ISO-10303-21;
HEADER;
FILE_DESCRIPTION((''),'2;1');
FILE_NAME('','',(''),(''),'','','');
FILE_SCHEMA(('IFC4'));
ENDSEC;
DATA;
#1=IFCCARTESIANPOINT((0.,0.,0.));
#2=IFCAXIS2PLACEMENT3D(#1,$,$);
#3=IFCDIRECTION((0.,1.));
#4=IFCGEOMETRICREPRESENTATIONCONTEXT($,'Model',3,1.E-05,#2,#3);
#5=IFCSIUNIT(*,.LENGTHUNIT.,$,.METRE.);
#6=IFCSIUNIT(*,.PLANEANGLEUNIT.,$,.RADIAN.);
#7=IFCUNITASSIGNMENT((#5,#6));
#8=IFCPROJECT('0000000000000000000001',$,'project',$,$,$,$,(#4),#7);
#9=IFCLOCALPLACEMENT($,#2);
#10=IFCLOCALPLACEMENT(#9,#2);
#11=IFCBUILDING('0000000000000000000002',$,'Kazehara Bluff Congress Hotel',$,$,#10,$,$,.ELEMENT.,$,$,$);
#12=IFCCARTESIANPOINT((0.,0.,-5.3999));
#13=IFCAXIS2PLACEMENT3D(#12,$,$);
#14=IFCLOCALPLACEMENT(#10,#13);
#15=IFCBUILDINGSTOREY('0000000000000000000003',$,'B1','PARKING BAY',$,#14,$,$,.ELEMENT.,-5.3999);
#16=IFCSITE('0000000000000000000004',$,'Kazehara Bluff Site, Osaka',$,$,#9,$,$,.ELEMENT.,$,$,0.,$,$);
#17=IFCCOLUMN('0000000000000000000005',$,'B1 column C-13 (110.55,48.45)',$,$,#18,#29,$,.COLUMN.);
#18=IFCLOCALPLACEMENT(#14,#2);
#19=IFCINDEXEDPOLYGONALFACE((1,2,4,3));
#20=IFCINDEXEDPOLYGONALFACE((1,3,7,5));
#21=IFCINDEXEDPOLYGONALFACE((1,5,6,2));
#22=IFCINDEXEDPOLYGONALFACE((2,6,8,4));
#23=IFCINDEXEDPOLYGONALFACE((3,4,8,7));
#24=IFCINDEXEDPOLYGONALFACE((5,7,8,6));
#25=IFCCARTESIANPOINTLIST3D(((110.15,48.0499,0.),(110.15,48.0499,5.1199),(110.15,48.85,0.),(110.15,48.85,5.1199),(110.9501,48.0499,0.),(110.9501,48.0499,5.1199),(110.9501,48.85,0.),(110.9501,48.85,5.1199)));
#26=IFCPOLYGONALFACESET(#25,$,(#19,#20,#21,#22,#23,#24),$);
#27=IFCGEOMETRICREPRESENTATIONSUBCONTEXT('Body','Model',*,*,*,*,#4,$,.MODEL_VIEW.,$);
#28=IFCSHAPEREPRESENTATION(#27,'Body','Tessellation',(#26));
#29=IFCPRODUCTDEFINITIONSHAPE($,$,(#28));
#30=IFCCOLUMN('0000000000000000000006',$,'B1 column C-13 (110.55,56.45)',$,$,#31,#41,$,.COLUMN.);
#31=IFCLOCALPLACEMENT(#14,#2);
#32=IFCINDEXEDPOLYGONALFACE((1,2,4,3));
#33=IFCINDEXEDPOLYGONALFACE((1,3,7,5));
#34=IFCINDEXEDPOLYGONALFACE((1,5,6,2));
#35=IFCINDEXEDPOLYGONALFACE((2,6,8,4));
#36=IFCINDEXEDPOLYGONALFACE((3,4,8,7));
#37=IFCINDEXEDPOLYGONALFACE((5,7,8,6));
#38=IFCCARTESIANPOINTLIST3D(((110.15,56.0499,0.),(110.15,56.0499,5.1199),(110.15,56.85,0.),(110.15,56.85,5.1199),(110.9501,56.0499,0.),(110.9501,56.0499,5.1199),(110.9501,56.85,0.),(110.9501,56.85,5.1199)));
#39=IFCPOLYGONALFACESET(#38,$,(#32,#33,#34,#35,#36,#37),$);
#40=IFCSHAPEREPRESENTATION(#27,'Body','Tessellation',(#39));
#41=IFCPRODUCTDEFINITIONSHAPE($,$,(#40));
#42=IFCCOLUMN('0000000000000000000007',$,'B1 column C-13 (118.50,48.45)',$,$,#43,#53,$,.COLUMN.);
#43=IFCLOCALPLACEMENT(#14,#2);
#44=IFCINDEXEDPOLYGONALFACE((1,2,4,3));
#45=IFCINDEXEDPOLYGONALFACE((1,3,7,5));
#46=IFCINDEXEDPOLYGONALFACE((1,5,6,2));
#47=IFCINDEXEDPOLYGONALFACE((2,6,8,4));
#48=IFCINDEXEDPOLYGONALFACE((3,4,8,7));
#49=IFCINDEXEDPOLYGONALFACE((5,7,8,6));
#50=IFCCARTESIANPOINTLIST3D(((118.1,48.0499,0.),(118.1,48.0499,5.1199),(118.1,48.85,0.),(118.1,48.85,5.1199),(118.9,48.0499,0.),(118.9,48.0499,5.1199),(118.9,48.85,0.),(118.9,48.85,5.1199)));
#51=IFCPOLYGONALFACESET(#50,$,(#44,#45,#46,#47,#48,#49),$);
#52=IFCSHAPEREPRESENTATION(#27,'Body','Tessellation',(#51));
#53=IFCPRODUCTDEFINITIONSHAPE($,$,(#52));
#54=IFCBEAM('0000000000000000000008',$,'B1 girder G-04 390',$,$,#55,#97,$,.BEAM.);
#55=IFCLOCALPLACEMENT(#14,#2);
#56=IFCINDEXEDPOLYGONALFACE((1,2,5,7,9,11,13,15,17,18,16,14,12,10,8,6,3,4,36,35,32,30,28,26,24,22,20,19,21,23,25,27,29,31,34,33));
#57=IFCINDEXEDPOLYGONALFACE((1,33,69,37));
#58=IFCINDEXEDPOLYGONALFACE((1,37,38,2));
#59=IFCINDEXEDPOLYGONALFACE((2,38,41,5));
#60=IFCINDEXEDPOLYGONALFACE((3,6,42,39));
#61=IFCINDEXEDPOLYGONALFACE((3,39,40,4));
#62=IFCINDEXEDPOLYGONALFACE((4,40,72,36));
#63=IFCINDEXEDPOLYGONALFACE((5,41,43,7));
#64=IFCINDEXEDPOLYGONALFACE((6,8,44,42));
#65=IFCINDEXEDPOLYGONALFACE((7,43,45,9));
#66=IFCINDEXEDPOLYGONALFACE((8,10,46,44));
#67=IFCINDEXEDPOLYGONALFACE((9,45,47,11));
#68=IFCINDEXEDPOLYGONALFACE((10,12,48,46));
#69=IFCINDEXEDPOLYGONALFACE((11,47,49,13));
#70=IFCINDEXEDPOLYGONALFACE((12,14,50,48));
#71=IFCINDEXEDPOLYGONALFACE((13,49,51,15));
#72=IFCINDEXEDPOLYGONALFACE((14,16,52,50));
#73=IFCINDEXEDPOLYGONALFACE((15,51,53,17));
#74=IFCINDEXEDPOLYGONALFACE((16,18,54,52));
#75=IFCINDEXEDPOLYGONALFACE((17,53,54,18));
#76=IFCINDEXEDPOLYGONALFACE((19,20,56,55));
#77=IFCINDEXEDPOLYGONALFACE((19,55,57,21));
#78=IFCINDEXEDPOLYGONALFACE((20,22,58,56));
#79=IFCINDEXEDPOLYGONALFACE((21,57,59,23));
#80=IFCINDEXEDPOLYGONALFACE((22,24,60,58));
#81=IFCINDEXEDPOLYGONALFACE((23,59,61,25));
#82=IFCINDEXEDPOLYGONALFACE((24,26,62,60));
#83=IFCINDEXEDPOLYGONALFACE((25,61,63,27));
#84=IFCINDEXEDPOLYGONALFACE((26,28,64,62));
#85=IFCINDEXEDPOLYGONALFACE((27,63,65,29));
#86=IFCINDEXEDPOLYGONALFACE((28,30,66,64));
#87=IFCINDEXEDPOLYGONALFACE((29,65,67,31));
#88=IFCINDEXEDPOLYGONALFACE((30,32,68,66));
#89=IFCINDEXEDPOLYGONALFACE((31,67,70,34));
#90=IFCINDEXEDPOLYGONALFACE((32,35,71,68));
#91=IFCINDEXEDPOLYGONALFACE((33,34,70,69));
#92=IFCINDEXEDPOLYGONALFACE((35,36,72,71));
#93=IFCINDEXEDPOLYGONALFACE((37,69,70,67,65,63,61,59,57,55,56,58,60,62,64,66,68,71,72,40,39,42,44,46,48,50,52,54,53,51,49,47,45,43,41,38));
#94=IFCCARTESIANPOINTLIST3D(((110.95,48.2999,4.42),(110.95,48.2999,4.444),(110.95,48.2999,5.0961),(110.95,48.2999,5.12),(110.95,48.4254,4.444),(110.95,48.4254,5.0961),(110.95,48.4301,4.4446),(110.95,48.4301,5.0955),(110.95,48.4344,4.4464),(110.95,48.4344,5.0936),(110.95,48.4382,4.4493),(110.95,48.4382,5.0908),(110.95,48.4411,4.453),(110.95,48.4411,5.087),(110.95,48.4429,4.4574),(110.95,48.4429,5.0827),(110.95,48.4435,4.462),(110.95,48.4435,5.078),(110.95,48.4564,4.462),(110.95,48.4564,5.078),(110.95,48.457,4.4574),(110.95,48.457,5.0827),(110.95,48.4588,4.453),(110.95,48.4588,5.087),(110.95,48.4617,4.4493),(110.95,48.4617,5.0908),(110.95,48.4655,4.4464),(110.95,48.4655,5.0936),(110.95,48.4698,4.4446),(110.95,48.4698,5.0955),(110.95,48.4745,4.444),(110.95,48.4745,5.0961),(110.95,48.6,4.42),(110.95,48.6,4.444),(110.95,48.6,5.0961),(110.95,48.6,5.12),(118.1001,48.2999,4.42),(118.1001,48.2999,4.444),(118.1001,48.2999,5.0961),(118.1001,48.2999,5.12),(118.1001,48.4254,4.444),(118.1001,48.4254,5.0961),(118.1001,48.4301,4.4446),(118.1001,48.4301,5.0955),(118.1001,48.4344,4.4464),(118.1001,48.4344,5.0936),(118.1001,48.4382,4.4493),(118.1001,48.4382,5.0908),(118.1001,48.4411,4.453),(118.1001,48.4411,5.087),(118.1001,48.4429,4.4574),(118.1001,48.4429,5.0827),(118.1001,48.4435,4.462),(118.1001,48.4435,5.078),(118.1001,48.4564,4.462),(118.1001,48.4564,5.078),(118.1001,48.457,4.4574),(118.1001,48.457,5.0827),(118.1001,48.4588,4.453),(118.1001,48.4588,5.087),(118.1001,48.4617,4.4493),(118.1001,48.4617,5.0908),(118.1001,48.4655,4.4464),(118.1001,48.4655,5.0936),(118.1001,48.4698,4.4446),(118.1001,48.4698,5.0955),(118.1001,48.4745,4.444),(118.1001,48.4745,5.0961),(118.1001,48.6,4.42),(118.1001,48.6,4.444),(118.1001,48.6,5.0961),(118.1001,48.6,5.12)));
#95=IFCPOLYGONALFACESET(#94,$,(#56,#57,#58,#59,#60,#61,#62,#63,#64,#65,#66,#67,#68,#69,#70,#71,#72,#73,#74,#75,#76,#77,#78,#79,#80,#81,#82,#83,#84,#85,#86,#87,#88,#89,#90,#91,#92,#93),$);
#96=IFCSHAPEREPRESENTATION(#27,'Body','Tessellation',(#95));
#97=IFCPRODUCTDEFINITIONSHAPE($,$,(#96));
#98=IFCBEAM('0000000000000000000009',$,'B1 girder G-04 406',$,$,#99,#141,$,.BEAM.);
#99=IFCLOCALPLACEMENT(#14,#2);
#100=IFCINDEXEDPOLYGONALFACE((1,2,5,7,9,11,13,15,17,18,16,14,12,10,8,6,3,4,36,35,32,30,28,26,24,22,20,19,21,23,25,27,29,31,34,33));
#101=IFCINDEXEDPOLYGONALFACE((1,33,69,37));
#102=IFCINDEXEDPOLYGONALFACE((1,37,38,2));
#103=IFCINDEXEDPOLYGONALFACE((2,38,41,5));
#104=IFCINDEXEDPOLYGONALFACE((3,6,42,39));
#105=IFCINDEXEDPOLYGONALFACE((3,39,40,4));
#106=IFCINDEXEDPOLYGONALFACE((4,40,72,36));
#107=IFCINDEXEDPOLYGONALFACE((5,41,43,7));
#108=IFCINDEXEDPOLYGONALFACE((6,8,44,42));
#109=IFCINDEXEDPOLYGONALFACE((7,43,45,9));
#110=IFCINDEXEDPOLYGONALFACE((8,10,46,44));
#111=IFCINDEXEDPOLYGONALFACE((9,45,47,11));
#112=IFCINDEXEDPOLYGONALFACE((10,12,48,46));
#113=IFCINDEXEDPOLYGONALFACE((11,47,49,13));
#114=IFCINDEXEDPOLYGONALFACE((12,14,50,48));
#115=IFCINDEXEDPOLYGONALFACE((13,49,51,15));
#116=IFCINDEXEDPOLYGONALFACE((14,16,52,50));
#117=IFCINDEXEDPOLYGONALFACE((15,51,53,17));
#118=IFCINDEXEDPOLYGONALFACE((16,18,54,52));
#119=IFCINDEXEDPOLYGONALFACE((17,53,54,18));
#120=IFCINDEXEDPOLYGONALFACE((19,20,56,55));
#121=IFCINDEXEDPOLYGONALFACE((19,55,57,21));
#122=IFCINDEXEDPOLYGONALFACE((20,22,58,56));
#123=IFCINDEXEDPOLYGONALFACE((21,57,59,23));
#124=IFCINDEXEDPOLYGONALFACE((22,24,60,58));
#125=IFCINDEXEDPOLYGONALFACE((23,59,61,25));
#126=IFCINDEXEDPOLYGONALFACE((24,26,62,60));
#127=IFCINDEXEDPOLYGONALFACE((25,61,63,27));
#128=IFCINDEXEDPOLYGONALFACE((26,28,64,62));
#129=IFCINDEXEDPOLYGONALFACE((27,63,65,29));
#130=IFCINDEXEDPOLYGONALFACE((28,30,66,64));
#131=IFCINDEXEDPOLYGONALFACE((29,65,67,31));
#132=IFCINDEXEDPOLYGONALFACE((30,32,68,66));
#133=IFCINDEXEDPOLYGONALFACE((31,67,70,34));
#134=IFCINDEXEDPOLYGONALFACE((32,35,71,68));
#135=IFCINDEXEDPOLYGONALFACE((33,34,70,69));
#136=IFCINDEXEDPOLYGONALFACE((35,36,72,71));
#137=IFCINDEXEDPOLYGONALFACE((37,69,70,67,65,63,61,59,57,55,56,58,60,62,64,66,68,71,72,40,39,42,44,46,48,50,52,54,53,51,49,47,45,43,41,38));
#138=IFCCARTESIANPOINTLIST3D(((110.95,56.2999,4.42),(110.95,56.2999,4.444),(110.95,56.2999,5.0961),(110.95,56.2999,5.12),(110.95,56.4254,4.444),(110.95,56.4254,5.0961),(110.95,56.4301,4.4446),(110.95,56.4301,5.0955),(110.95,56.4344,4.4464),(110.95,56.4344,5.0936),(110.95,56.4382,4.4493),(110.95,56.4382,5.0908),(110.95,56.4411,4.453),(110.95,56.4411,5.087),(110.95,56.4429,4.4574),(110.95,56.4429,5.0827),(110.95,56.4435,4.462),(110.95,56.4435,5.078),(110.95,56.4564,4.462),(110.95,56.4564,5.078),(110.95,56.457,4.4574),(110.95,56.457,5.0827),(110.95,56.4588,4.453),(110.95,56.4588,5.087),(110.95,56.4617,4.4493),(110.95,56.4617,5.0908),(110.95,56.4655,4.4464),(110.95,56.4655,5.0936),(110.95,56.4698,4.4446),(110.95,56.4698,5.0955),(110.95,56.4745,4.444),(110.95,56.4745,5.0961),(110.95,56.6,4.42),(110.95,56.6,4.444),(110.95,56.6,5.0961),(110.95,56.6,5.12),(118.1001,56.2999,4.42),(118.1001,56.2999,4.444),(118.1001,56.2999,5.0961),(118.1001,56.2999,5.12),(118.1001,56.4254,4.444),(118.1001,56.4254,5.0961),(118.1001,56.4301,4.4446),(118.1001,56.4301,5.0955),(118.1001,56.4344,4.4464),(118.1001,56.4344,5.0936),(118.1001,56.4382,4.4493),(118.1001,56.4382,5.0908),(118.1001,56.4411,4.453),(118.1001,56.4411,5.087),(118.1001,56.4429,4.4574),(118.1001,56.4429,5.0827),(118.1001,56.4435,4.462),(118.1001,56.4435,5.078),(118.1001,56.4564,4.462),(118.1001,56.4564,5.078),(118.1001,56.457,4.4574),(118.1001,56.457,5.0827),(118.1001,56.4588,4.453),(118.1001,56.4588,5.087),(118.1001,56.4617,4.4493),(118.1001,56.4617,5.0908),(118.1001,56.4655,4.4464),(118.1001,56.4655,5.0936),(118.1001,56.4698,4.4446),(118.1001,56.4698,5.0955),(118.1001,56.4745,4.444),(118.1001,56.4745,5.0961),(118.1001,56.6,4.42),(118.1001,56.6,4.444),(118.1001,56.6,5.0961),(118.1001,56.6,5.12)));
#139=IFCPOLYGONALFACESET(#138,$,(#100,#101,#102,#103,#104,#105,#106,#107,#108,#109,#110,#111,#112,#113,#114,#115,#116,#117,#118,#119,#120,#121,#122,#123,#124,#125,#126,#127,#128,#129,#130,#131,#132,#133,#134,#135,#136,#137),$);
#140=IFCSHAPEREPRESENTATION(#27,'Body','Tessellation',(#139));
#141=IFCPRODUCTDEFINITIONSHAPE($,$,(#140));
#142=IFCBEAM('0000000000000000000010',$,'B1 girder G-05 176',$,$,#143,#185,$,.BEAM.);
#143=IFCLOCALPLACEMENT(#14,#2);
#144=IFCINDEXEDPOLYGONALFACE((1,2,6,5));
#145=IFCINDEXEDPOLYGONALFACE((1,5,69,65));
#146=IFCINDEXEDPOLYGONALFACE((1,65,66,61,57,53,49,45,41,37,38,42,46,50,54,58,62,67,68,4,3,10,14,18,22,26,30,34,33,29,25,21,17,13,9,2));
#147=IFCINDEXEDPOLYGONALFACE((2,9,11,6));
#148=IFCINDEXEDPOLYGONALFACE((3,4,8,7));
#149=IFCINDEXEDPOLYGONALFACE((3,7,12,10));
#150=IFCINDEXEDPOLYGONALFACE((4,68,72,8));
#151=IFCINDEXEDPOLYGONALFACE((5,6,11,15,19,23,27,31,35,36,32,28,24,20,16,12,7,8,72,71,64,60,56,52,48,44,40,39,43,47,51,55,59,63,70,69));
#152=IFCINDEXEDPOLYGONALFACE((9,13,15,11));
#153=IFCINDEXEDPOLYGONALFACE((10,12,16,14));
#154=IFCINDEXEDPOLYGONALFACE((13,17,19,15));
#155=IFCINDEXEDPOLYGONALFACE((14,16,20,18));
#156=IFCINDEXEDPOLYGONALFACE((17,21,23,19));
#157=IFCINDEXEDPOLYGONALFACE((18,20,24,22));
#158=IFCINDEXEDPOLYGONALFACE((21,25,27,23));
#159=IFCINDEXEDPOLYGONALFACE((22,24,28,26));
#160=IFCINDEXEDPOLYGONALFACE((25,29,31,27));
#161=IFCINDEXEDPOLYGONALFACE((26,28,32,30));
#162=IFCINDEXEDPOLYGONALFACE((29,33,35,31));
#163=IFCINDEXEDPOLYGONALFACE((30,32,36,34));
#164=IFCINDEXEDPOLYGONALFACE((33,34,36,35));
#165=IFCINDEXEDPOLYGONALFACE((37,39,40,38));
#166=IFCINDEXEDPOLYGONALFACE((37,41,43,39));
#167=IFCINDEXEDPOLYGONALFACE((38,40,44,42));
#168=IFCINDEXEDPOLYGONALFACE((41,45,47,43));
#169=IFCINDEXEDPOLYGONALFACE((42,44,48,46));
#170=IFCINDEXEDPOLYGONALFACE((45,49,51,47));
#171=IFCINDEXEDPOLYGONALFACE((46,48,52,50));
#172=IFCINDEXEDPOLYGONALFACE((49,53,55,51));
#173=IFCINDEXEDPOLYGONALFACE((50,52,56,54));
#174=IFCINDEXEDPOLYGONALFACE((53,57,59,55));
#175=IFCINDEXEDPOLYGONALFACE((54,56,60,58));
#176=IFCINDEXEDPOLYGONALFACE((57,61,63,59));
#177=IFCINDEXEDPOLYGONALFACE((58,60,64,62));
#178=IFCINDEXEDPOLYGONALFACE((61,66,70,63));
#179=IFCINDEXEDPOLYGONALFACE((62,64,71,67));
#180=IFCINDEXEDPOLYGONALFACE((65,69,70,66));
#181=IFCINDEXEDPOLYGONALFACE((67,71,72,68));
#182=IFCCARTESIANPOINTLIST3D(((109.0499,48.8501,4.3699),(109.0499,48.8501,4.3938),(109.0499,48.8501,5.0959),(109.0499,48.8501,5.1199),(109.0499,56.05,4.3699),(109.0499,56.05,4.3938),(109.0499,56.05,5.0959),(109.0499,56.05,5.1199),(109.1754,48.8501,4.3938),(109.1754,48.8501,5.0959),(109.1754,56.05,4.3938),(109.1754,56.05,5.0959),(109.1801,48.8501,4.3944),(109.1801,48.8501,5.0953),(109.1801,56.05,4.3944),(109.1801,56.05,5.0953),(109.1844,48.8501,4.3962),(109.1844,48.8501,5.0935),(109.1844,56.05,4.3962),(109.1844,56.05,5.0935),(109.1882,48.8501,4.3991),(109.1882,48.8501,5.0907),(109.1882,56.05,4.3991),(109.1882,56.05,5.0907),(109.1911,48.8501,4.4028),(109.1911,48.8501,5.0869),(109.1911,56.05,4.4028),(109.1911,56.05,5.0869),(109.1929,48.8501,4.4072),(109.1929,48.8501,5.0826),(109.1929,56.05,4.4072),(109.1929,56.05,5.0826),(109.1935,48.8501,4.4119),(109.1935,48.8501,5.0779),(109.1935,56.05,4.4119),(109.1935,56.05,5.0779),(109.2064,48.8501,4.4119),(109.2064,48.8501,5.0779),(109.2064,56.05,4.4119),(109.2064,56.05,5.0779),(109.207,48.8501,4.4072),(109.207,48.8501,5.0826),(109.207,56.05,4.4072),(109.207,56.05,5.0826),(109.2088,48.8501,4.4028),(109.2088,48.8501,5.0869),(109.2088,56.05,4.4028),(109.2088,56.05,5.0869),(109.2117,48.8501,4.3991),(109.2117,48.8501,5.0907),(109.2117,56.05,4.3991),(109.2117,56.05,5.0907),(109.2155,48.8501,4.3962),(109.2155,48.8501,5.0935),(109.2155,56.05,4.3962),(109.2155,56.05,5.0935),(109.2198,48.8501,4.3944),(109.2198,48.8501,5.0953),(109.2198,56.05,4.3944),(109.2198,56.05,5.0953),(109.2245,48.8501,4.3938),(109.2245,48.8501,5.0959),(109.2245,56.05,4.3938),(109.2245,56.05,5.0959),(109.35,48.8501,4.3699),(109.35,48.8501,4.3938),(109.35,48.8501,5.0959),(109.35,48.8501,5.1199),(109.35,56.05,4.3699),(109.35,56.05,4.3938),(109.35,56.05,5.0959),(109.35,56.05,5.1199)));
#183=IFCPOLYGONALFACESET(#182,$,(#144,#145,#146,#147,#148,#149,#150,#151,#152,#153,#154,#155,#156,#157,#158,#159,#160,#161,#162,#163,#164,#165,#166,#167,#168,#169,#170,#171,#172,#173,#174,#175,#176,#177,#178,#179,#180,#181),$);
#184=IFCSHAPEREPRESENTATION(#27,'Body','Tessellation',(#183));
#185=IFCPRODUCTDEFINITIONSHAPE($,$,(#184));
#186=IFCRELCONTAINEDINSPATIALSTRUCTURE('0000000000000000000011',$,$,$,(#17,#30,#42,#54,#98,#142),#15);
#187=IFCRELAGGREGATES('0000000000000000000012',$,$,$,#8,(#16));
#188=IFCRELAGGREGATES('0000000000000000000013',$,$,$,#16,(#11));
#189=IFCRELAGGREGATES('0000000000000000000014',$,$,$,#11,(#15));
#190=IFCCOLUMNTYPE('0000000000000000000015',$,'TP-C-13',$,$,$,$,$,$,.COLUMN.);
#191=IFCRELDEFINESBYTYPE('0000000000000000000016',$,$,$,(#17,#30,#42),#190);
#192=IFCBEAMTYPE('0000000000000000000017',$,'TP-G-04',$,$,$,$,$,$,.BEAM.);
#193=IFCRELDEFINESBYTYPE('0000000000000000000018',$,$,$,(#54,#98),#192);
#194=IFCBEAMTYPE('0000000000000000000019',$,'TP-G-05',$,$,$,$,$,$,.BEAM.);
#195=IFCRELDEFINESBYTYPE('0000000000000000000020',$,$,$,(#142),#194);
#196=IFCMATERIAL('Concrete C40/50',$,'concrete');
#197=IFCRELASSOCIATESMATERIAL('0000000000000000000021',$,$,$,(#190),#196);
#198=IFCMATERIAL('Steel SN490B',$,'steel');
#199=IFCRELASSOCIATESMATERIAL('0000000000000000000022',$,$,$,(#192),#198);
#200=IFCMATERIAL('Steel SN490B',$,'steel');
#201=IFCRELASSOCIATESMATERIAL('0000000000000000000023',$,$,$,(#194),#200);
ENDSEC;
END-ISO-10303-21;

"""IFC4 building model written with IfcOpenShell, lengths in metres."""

from ifc_helpers import new_model, si_unit, direction, frame, origin, origin_2d, place, context, subcontext, project, spatial, rectangle, i_section, extrude, material, material_profile, profile_set, type_object, element, save


model = new_model("IFC4")

# Units and contexts
model_context = context("Model", 3, precision=1e-05, world=origin(), true_north=direction((0.0, 1.0)))
body_context = subcontext(model_context, "Body", "Model", "MODEL_VIEW")
ifc_project = project(units=[si_unit("LENGTHUNIT", "METRE"), si_unit("PLANEANGLEUNIT", "RADIAN")], contexts=[model_context])

# Site, building, storey
site_placement = place(None, origin())
site = spatial("IfcSite", under=ifc_project, at=site_placement, Name="Kazehara Bluff Site, Osaka", CompositionType="ELEMENT", RefElevation=0.0)
building_placement = place(site_placement, origin())
building = spatial("IfcBuilding", under=site, at=building_placement, Name="Kazehara Bluff Congress Hotel", CompositionType="ELEMENT")
storey_placement = place(building_placement, frame((0.0, 0.0, -5.3999)))
storey = spatial("IfcBuildingStorey", under=building, at=storey_placement, Name="B1", Description="PARKING BAY", CompositionType="ELEMENT", Elevation=-5.3999)

# Columns
ifc_material_1 = material(Name="Concrete C40/50", Category="concrete")
ifc_material_profile_1 = material_profile(ifc_material_1, rectangle(XDim=0.8, YDim=0.8, at=origin_2d()))
ifc_profile_set_1 = profile_set([ifc_material_profile_1], Name="Concrete C40/50")
column_type_1 = type_object("IfcColumnType", Name="TP-C-13", PredefinedType="COLUMN", material=ifc_profile_set_1)
for number, where, z_axis, x_axis, name in (
    (1, (110.55, 48.45, 0.0), (0.0, 0.0, 1.0), (1.0, 0.0, 0.0), "B1 column C-13 (110.55,48.45)"),
    (2, (110.55, 56.45, 0.0), (0.0, 0.0, 1.0), (1.0, 0.0, 0.0), "B1 column C-13 (110.55,56.45)"),
    (3, (118.5, 48.45, 0.0), (0.0, 0.0, 1.0), (1.0, 0.0, 0.0), "B1 column C-13 (118.50,48.45)"),
):
    element("IfcColumn", number, at=place(storey_placement, frame(where, z_axis=z_axis, x_axis=x_axis)), inside=storey, type_object=column_type_1, Name=name, PredefinedType="COLUMN", context=body_context, shape_type="SweptSolid", body=[
        extrude(rectangle(XDim=0.8, YDim=0.8, at=origin_2d()), origin(), (0.0, 0.0, 1.0), 5.1199),
    ])

# Beams
ifc_material_2 = material(Name="Steel SN490B", Category="steel")
ifc_material_profile_2 = material_profile(ifc_material_2, i_section(OverallWidth=0.3, OverallDepth=0.7, WebThickness=0.0129, FlangeThickness=0.0239, FilletRadius=0.0181, at=origin_2d()))
ifc_profile_set_2 = profile_set([ifc_material_profile_2], Name="Steel SN490B")
beam_type_1 = type_object("IfcBeamType", Name="TP-G-04", PredefinedType="BEAM", material=ifc_profile_set_2)
for number, where, z_axis, x_axis, name in (
    (4, (110.95, 48.45, 4.77), (1.0, 0.0, 0.0), (0.0, 1.0, 0.0), "B1 girder G-04 390"),
    (5, (110.95, 56.45, 4.77), (1.0, 0.0, 0.0), (0.0, 1.0, 0.0), "B1 girder G-04 406"),
):
    element("IfcBeam", number, at=place(storey_placement, frame(where, z_axis=z_axis, x_axis=x_axis)), inside=storey, type_object=beam_type_1, Name=name, PredefinedType="BEAM", context=body_context, shape_type="SweptSolid", body=[
        extrude(i_section(OverallWidth=0.3, OverallDepth=0.7, WebThickness=0.0129, FlangeThickness=0.0239, FilletRadius=0.0181, at=origin_2d()), origin(), (0.0, 0.0, 1.0), 7.1501),
    ])
ifc_material_3 = material(Name="Steel SN490B", Category="steel")
ifc_material_profile_3 = material_profile(ifc_material_3, i_section(OverallWidth=0.3, OverallDepth=0.75, WebThickness=0.0129, FlangeThickness=0.0239, FilletRadius=0.0181, at=origin_2d()))
ifc_profile_set_3 = profile_set([ifc_material_profile_3], Name="Steel SN490B")
beam_type_2 = type_object("IfcBeamType", Name="TP-G-05", PredefinedType="BEAM", material=ifc_profile_set_3)
for number, where, z_axis, x_axis, name in (
    (6, (109.2, 48.8501, 4.7449), (0.0, 1.0, 0.0), (-1.0, 0.0, 0.0), "B1 girder G-05 176"),
):
    element("IfcBeam", number, at=place(storey_placement, frame(where, z_axis=z_axis, x_axis=x_axis)), inside=storey, type_object=beam_type_2, Name=name, PredefinedType="BEAM", context=body_context, shape_type="SweptSolid", body=[
        extrude(i_section(OverallWidth=0.3, OverallDepth=0.75, WebThickness=0.0129, FlangeThickness=0.0239, FilletRadius=0.0181, at=origin_2d()), origin(), (0.0, 0.0, 1.0), 7.2),
    ])

save(model, "model.ifc")
